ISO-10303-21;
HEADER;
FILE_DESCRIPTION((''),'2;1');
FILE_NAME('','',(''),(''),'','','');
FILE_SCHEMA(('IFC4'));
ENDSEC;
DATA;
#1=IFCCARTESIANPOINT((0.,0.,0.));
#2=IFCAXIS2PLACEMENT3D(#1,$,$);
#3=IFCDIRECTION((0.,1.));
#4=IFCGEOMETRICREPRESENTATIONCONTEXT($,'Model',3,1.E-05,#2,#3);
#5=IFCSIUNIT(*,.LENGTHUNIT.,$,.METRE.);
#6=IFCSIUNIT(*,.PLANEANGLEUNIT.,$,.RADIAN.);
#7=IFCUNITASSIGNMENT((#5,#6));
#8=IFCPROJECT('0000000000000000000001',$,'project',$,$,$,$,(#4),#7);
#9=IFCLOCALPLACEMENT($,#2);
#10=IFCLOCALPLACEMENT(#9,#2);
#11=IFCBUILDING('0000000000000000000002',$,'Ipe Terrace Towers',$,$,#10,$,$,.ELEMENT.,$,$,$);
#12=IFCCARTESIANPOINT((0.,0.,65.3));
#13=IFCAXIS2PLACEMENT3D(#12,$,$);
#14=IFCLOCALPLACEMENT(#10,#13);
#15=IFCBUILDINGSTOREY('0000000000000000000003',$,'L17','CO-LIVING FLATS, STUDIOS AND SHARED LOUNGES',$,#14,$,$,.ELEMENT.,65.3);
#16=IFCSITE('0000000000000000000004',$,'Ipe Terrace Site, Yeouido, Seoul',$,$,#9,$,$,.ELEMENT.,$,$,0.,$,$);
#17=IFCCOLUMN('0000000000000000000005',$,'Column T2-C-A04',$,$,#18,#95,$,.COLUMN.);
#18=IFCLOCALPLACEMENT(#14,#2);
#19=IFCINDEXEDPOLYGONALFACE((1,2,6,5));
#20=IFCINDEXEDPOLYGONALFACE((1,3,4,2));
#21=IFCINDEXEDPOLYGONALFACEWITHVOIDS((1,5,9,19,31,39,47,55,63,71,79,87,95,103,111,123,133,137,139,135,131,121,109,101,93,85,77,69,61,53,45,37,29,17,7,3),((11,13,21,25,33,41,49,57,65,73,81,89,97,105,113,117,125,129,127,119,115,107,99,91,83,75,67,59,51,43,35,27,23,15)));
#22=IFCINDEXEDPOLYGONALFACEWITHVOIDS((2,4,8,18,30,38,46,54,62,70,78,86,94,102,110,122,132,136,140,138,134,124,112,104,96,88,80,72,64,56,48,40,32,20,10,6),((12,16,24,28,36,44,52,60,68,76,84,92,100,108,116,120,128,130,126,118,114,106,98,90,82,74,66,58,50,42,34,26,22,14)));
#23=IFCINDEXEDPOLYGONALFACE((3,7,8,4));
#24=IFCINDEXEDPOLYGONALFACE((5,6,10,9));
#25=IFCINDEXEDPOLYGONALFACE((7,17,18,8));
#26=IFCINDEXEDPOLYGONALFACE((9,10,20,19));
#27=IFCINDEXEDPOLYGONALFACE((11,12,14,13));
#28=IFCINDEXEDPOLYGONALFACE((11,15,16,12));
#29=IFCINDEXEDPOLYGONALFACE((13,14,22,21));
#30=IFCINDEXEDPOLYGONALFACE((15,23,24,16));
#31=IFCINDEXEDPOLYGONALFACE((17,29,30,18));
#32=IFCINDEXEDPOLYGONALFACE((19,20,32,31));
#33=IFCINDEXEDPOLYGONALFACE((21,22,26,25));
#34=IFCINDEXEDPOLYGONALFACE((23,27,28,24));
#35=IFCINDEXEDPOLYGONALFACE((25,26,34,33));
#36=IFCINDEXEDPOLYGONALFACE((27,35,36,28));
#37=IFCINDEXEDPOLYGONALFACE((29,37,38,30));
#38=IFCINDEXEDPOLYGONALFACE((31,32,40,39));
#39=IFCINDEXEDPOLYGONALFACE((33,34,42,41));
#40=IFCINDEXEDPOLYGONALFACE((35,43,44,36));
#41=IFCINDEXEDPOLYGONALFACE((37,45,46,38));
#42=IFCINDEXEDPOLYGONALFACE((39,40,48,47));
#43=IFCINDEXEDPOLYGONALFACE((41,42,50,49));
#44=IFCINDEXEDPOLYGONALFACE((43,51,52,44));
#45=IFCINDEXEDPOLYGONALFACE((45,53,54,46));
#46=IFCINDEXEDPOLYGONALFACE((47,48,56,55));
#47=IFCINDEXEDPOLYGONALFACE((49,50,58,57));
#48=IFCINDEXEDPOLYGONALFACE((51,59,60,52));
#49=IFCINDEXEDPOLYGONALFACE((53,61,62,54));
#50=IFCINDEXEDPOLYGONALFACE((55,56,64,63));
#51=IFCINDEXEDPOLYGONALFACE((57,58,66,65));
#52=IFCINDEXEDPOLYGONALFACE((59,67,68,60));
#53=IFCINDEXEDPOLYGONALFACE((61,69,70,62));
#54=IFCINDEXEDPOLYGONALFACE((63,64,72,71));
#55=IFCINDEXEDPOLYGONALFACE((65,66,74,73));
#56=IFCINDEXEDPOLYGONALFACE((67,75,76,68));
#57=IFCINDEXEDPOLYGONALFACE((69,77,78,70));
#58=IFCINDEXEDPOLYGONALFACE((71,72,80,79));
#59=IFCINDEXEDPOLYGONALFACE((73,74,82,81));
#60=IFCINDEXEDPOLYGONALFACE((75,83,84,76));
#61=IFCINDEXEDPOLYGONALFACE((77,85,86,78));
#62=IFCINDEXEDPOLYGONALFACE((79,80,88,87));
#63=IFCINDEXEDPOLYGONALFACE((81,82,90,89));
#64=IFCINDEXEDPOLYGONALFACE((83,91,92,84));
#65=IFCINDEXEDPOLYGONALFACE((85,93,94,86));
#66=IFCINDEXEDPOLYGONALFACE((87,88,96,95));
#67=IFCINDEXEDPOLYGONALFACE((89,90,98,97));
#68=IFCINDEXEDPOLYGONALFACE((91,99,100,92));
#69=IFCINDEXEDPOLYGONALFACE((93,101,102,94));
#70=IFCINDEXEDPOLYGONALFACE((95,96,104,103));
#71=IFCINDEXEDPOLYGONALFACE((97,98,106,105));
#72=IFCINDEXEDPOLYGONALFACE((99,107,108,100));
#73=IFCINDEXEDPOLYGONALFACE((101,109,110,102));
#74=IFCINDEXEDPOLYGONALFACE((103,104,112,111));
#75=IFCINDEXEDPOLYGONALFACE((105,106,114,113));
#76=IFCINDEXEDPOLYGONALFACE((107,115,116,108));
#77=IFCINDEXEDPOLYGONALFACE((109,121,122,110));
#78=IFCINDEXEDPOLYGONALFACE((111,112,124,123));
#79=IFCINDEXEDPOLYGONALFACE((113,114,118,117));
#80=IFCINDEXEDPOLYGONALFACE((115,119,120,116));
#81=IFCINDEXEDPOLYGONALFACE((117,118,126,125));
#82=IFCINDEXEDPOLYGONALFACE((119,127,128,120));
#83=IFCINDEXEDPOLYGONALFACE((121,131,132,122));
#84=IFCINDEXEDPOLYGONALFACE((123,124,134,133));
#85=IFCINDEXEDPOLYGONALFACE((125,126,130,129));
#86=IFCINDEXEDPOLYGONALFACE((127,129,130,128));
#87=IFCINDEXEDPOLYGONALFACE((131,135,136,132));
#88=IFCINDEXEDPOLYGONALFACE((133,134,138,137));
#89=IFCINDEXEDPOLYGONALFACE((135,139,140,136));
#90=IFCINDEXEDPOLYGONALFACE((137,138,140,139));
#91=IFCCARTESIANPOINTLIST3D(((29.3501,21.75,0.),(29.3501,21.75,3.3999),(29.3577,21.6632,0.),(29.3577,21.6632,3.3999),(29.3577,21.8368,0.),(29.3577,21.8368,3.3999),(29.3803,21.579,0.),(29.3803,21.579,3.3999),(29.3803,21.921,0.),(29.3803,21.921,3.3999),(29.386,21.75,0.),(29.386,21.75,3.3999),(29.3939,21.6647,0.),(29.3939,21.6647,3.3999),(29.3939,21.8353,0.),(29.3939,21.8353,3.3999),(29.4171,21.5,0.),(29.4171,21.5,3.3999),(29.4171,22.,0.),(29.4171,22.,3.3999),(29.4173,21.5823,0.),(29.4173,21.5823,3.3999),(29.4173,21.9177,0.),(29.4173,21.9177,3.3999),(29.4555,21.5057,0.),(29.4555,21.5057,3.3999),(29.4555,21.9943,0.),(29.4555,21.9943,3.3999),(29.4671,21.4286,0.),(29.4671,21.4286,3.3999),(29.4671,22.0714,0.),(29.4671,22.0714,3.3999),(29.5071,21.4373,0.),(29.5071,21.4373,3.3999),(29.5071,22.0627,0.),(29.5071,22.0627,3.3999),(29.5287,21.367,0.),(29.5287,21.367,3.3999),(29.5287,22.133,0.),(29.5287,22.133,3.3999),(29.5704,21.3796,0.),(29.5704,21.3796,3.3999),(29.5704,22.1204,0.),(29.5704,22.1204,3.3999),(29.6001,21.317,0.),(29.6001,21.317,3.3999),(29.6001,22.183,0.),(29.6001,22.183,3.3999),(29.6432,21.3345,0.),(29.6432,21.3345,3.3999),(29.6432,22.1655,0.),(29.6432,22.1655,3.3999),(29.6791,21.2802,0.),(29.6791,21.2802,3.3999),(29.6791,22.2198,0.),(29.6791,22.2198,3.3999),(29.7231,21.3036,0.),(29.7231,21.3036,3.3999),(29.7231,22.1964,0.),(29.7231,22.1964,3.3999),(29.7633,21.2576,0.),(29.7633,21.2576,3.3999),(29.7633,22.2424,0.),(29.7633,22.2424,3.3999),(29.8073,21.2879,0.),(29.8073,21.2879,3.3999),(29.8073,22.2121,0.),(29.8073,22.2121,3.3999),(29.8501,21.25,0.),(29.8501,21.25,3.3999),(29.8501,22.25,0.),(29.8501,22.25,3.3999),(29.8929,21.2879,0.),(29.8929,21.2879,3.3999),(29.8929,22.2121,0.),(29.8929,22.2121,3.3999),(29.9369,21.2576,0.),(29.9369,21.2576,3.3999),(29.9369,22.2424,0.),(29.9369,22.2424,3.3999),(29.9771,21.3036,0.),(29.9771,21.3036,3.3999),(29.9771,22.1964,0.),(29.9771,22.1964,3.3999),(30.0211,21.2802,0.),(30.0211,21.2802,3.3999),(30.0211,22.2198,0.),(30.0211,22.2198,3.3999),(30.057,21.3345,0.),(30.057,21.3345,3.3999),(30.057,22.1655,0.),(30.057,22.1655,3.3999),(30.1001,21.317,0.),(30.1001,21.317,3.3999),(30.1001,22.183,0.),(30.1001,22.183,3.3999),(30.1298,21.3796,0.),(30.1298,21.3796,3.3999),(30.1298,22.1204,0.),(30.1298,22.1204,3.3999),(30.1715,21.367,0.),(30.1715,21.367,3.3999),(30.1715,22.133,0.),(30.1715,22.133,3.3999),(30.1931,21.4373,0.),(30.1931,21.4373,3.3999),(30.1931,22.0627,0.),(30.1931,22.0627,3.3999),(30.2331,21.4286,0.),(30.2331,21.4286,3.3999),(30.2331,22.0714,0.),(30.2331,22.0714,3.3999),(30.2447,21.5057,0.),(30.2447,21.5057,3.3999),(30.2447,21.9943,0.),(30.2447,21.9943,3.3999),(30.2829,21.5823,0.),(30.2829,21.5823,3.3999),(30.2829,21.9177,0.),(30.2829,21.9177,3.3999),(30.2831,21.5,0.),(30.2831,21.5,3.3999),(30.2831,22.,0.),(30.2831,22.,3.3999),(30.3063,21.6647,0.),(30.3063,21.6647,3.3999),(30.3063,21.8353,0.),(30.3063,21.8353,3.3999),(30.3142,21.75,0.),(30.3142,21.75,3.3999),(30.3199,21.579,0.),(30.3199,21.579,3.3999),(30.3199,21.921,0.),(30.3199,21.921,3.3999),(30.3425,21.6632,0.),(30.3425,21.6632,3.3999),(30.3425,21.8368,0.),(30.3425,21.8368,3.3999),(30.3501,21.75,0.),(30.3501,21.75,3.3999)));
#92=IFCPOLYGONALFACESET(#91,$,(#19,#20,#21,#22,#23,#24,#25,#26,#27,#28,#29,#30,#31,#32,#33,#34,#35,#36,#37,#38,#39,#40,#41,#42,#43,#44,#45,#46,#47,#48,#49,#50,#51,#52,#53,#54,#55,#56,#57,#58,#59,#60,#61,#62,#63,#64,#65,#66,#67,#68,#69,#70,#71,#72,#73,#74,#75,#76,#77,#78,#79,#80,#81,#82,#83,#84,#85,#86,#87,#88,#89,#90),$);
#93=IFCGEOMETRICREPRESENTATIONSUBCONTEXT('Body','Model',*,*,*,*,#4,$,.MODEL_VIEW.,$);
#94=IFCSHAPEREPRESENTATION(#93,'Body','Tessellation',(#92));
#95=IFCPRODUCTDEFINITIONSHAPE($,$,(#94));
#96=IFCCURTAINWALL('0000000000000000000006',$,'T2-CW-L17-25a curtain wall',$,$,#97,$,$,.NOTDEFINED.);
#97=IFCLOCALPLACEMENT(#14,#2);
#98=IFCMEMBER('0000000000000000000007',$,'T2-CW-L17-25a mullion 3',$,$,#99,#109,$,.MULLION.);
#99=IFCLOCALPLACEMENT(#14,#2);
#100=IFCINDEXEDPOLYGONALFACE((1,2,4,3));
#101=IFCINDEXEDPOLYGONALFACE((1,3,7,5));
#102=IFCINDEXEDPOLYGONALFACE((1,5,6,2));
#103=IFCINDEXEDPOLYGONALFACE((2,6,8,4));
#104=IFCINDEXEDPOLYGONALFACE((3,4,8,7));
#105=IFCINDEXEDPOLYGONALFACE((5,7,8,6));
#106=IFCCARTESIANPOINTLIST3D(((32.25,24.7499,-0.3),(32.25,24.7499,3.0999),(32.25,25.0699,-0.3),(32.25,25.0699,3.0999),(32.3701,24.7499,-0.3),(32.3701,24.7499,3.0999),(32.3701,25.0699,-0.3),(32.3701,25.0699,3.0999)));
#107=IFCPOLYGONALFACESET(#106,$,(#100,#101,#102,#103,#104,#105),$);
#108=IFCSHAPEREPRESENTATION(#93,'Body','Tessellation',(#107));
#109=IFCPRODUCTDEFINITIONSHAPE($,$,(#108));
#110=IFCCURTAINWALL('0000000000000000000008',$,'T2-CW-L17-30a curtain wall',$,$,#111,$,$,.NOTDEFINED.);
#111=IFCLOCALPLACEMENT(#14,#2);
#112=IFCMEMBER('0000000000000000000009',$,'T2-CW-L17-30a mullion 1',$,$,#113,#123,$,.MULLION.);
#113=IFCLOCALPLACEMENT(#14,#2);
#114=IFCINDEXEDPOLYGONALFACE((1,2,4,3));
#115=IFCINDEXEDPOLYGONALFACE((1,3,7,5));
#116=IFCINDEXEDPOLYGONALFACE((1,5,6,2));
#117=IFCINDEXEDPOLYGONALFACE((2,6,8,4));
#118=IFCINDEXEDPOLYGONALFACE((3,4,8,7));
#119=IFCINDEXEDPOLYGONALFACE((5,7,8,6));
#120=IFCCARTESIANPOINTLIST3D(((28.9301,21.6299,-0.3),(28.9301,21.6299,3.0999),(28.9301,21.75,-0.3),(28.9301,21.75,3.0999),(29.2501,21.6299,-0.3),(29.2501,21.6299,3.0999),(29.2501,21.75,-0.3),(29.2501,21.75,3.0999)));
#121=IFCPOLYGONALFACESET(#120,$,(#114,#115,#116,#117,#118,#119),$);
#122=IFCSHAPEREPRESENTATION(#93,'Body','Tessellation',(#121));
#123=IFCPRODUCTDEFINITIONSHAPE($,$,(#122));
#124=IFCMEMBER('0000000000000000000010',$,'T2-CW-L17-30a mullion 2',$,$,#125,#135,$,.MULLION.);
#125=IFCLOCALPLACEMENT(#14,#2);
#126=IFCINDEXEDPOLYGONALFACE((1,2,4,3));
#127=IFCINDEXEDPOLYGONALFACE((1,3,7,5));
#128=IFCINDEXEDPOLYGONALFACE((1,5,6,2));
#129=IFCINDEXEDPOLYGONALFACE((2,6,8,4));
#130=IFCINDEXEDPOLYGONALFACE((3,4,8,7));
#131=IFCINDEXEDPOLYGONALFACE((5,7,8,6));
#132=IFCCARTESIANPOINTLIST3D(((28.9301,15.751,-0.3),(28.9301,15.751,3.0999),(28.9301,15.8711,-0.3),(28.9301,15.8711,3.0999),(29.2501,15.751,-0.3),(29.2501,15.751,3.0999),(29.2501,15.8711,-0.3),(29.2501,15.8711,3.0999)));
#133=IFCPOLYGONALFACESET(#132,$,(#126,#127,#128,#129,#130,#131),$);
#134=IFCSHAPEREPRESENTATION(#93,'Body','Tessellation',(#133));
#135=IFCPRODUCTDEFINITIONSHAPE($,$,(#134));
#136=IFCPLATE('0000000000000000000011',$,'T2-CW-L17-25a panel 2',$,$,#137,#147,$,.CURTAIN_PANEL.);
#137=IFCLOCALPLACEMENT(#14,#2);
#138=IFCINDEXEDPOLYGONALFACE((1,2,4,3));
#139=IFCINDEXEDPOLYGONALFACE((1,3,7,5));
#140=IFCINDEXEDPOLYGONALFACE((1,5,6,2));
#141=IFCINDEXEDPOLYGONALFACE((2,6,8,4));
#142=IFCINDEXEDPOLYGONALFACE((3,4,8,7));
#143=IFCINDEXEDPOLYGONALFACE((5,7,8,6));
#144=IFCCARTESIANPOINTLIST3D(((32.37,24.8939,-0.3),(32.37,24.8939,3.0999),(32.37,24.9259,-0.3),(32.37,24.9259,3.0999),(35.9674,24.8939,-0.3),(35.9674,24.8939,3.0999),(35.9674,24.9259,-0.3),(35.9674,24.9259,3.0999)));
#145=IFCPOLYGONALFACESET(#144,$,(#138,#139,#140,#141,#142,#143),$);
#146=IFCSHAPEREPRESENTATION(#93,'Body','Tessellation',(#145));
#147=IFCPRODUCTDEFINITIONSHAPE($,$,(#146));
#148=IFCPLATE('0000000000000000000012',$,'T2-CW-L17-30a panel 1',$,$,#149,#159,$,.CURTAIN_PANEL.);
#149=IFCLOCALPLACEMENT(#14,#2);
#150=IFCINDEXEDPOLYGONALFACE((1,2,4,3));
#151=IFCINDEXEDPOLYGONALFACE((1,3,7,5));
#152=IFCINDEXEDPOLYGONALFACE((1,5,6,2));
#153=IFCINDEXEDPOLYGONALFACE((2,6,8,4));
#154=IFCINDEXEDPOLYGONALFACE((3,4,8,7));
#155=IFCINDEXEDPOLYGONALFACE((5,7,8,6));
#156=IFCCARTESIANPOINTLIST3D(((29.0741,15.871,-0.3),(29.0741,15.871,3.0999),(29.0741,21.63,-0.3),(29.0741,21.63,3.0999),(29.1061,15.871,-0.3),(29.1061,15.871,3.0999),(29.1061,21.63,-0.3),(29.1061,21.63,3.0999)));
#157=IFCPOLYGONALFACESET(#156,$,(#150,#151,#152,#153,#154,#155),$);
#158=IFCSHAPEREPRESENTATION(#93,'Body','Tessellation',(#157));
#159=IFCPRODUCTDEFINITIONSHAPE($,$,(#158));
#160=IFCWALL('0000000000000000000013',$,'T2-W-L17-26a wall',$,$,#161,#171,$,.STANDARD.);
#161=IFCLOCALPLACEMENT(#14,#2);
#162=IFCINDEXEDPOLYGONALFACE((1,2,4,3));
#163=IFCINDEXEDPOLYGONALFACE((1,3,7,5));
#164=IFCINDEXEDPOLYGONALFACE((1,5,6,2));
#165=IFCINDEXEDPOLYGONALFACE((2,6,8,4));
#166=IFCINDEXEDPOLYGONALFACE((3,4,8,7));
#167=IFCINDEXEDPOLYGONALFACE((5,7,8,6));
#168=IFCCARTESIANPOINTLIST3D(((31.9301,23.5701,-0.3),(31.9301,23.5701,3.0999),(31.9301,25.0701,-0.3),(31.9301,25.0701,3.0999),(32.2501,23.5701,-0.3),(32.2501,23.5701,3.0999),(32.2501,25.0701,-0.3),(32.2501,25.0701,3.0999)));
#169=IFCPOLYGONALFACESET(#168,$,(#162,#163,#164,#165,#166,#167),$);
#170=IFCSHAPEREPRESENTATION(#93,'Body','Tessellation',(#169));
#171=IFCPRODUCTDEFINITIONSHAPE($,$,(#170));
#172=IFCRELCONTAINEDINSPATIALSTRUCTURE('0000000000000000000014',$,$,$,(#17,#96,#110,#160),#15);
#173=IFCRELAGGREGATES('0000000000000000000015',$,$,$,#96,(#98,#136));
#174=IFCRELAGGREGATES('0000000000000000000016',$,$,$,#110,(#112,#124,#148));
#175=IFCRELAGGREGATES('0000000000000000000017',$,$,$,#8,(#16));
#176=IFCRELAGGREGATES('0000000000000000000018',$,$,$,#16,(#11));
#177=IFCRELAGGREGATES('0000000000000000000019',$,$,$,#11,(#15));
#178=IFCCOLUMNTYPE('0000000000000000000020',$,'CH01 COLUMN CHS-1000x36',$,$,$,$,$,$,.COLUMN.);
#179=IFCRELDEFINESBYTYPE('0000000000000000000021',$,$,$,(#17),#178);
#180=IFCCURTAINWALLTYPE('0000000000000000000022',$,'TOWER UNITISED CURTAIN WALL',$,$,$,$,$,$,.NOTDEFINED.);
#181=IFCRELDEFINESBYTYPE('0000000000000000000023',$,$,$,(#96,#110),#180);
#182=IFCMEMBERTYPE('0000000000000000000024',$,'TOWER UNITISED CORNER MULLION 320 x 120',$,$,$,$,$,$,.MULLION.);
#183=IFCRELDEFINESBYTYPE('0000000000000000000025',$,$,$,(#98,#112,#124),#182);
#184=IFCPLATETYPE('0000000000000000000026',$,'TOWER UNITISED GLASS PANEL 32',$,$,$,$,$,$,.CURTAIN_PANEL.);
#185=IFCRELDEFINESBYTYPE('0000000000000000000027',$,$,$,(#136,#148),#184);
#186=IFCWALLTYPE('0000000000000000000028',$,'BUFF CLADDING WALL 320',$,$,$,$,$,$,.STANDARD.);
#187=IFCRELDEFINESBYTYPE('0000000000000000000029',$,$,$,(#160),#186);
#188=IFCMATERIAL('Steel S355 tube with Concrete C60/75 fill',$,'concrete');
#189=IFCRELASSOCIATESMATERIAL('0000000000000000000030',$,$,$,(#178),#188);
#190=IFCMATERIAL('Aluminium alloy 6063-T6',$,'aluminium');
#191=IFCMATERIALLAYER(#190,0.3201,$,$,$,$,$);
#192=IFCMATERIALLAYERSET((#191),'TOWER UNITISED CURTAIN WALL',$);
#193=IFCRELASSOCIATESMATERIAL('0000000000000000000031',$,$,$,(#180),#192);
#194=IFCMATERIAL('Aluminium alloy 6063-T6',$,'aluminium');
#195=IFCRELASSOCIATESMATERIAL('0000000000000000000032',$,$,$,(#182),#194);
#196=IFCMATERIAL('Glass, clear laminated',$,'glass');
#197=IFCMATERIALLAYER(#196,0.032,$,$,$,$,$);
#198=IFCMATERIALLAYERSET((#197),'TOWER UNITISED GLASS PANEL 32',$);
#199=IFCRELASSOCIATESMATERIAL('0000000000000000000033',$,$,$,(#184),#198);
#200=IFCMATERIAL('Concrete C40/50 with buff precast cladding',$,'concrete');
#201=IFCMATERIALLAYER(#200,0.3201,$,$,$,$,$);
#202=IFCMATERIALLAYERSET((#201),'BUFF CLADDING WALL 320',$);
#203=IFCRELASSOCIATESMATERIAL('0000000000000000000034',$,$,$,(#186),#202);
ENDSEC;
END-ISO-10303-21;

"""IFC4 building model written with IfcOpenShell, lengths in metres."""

from ifc_helpers import new_model, si_unit, direction, frame, frame_2d, origin, origin_2d, place, context, subcontext, project, spatial, rectangle, hollow_circle, extrude, material, layer, layer_set, material_profile, profile_set, type_object, element, aggregate, save


model = new_model("IFC4")

# Units and contexts
model_context = context("Model", 3, precision=1e-05, world=origin(), true_north=direction((0.0, 1.0)))
body_context = subcontext(model_context, "Body", "Model", "MODEL_VIEW")
ifc_project = project(units=[si_unit("LENGTHUNIT", "METRE"), si_unit("PLANEANGLEUNIT", "RADIAN")], contexts=[model_context])

# Site, building, storey
site_placement = place(None, origin())
site = spatial("IfcSite", under=ifc_project, at=site_placement, Name="Ipe Terrace Site, Yeouido, Seoul", CompositionType="ELEMENT", RefElevation=0.0)
building_placement = place(site_placement, origin())
building = spatial("IfcBuilding", under=site, at=building_placement, Name="Ipe Terrace Towers", CompositionType="ELEMENT")
storey_placement = place(building_placement, frame((0.0, 0.0, 65.3)))
storey = spatial("IfcBuildingStorey", under=building, at=storey_placement, Name="L17", Description="CO-LIVING FLATS, STUDIOS AND SHARED LOUNGES", CompositionType="ELEMENT", Elevation=65.3)

# Column
ifc_material_1 = material(Name="Steel S355 tube with Concrete C60/75 fill", Category="concrete")
ifc_material_profile_1 = material_profile(ifc_material_1, hollow_circle(Radius=0.5, WallThickness=0.0359, at=origin_2d()), Name="CHS-1000x36")
ifc_profile_set_1 = profile_set([ifc_material_profile_1], Name="Steel S355 tube with Concrete C60/75 fill")
column_type = type_object("IfcColumnType", Name="CH01 COLUMN CHS-1000x36", PredefinedType="COLUMN", material=ifc_profile_set_1)
column_placement = place(storey_placement, frame((29.8501, 21.75, 0.0), z_axis=(0.0, 0.0, 1.0), x_axis=(1.0, 0.0, 0.0)))
element("IfcColumn", 1, at=column_placement, inside=storey, type_object=column_type, Name="Column T2-C-A04", PredefinedType="COLUMN", context=body_context, shape_type="SweptSolid", body=[
    extrude(hollow_circle(Radius=0.5, WallThickness=0.0359, at=origin_2d()), origin(), (0.0, 0.0, 1.0), 3.3999),
])

# Curtain wall, member
ifc_material_2 = material(Name="Aluminium alloy 6063-T6", Category="aluminium")
ifc_layer_1 = layer(ifc_material_2, 0.3201)
ifc_layer_set_1 = layer_set([ifc_layer_1], Name="TOWER UNITISED CURTAIN WALL")
curtain_wall_type = type_object("IfcCurtainWallType", Name="TOWER UNITISED CURTAIN WALL", PredefinedType="NOTDEFINED", material=ifc_layer_set_1)
curtain_wall_1_placement = place(storey_placement, origin())
curtain_wall_1 = element("IfcCurtainWall", 2, at=curtain_wall_1_placement, inside=storey, type_object=curtain_wall_type, Name="T2-CW-L17-25a curtain wall", PredefinedType="NOTDEFINED")
ifc_material_3 = material(Name="Aluminium alloy 6063-T6", Category="aluminium")
ifc_material_profile_2 = material_profile(ifc_material_3, rectangle(XDim=0.3201, YDim=0.1201, at=origin_2d()), Name="TOWER UNITISED CORNER MULLION 320 x 120")
ifc_profile_set_2 = profile_set([ifc_material_profile_2], Name="Aluminium alloy 6063-T6")
member_type = type_object("IfcMemberType", Name="TOWER UNITISED CORNER MULLION 320 x 120", PredefinedType="MULLION", material=ifc_profile_set_2)
member_1_placement = place(storey_placement, frame((32.3101, 24.9099, -0.3), z_axis=(0.0, 0.0, 1.0), x_axis=(0.0, 1.0, 0.0)))
member_1 = element("IfcMember", 3, at=member_1_placement, type_object=member_type, Name="T2-CW-L17-25a mullion 3", PredefinedType="MULLION", context=body_context, shape_type="SweptSolid", body=[
    extrude(rectangle(XDim=0.3201, YDim=0.1201, at=origin_2d()), origin(), (0.0, 0.0, 1.0), 3.3999),
])

# Curtain wall, members
curtain_wall_2_placement = place(storey_placement, origin())
curtain_wall_2 = element("IfcCurtainWall", 4, at=curtain_wall_2_placement, inside=storey, type_object=curtain_wall_type, Name="T2-CW-L17-30a curtain wall", PredefinedType="NOTDEFINED")
member_2_placement = place(storey_placement, frame((29.0901, 21.6899, -0.3), z_axis=(0.0, 0.0, 1.0), x_axis=(-1.0, 0.0, 0.0)))
member_2 = element("IfcMember", 5, at=member_2_placement, type_object=member_type, Name="T2-CW-L17-30a mullion 1", PredefinedType="MULLION", context=body_context, shape_type="SweptSolid", body=[
    extrude(rectangle(XDim=0.3201, YDim=0.1201, at=origin_2d()), origin(), (0.0, 0.0, 1.0), 3.3999),
])
member_3_placement = place(storey_placement, frame((29.0901, 15.811, -0.3), z_axis=(0.0, 0.0, 1.0), x_axis=(-1.0, 0.0, 0.0)))
member_3 = element("IfcMember", 6, at=member_3_placement, type_object=member_type, Name="T2-CW-L17-30a mullion 2", PredefinedType="MULLION", context=body_context, shape_type="SweptSolid", body=[
    extrude(rectangle(XDim=0.3201, YDim=0.1201, at=origin_2d()), origin(), (0.0, 0.0, 1.0), 3.3999),
])

# Plates
ifc_material_4 = material(Name="Glass, clear laminated", Category="glass")
ifc_layer_2 = layer(ifc_material_4, 0.032)
ifc_layer_set_2 = layer_set([ifc_layer_2], Name="TOWER UNITISED GLASS PANEL 32")
plate_type = type_object("IfcPlateType", Name="TOWER UNITISED GLASS PANEL 32", PredefinedType="CURTAIN_PANEL", material=ifc_layer_set_2)
plate_1_placement = place(storey_placement, frame((34.1687, 24.9099, -0.3), z_axis=(0.0, 0.0, 1.0), x_axis=(-1.0, 0.0, 0.0)))
plate_1 = element("IfcPlate", 7, at=plate_1_placement, type_object=plate_type, Name="T2-CW-L17-25a panel 2", PredefinedType="CURTAIN_PANEL", context=body_context, shape_type="SweptSolid", body=[
    extrude(rectangle(XDim=3.5974, YDim=0.032, at=origin_2d()), origin(), (0.0, 0.0, 1.0), 3.3999),
])
aggregate(curtain_wall_1, [member_1, plate_1])
plate_2_placement = place(storey_placement, frame((29.0901, 18.7505, -0.3), z_axis=(0.0, 0.0, 1.0), x_axis=(0.0, -1.0, 0.0)))
plate_2 = element("IfcPlate", 8, at=plate_2_placement, type_object=plate_type, Name="T2-CW-L17-30a panel 1", PredefinedType="CURTAIN_PANEL", context=body_context, shape_type="SweptSolid", body=[
    extrude(rectangle(XDim=5.759, YDim=0.032, at=origin_2d()), origin(), (0.0, 0.0, 1.0), 3.3999),
])
aggregate(curtain_wall_2, [member_2, member_3, plate_2])

# Wall
ifc_material_5 = material(Name="Concrete C40/50 with buff precast cladding", Category="concrete")
ifc_layer_3 = layer(ifc_material_5, 0.3201)
ifc_layer_set_3 = layer_set([ifc_layer_3], Name="BUFF CLADDING WALL 320")
wall_type_1 = type_object("IfcWallType", Name="BUFF CLADDING WALL 320", PredefinedType="STANDARD", material=ifc_layer_set_3)
wall_1_placement = place(storey_placement, frame((32.0901, 25.0701, -0.3), z_axis=(0.0, 0.0, 1.0), x_axis=(0.0, -1.0, 0.0)))
element("IfcWall", 9, at=wall_1_placement, inside=storey, type_object=wall_type_1, Name="T2-W-L17-26a wall", PredefinedType="STANDARD", context=body_context, shape_type="SweptSolid", body=[
    extrude(rectangle(XDim=1.5, YDim=0.3201, at=frame_2d((0.75, 0.0))), origin(), (0.0, 0.0, 1.0), 3.3999),
])

save(model, "model.ifc")
